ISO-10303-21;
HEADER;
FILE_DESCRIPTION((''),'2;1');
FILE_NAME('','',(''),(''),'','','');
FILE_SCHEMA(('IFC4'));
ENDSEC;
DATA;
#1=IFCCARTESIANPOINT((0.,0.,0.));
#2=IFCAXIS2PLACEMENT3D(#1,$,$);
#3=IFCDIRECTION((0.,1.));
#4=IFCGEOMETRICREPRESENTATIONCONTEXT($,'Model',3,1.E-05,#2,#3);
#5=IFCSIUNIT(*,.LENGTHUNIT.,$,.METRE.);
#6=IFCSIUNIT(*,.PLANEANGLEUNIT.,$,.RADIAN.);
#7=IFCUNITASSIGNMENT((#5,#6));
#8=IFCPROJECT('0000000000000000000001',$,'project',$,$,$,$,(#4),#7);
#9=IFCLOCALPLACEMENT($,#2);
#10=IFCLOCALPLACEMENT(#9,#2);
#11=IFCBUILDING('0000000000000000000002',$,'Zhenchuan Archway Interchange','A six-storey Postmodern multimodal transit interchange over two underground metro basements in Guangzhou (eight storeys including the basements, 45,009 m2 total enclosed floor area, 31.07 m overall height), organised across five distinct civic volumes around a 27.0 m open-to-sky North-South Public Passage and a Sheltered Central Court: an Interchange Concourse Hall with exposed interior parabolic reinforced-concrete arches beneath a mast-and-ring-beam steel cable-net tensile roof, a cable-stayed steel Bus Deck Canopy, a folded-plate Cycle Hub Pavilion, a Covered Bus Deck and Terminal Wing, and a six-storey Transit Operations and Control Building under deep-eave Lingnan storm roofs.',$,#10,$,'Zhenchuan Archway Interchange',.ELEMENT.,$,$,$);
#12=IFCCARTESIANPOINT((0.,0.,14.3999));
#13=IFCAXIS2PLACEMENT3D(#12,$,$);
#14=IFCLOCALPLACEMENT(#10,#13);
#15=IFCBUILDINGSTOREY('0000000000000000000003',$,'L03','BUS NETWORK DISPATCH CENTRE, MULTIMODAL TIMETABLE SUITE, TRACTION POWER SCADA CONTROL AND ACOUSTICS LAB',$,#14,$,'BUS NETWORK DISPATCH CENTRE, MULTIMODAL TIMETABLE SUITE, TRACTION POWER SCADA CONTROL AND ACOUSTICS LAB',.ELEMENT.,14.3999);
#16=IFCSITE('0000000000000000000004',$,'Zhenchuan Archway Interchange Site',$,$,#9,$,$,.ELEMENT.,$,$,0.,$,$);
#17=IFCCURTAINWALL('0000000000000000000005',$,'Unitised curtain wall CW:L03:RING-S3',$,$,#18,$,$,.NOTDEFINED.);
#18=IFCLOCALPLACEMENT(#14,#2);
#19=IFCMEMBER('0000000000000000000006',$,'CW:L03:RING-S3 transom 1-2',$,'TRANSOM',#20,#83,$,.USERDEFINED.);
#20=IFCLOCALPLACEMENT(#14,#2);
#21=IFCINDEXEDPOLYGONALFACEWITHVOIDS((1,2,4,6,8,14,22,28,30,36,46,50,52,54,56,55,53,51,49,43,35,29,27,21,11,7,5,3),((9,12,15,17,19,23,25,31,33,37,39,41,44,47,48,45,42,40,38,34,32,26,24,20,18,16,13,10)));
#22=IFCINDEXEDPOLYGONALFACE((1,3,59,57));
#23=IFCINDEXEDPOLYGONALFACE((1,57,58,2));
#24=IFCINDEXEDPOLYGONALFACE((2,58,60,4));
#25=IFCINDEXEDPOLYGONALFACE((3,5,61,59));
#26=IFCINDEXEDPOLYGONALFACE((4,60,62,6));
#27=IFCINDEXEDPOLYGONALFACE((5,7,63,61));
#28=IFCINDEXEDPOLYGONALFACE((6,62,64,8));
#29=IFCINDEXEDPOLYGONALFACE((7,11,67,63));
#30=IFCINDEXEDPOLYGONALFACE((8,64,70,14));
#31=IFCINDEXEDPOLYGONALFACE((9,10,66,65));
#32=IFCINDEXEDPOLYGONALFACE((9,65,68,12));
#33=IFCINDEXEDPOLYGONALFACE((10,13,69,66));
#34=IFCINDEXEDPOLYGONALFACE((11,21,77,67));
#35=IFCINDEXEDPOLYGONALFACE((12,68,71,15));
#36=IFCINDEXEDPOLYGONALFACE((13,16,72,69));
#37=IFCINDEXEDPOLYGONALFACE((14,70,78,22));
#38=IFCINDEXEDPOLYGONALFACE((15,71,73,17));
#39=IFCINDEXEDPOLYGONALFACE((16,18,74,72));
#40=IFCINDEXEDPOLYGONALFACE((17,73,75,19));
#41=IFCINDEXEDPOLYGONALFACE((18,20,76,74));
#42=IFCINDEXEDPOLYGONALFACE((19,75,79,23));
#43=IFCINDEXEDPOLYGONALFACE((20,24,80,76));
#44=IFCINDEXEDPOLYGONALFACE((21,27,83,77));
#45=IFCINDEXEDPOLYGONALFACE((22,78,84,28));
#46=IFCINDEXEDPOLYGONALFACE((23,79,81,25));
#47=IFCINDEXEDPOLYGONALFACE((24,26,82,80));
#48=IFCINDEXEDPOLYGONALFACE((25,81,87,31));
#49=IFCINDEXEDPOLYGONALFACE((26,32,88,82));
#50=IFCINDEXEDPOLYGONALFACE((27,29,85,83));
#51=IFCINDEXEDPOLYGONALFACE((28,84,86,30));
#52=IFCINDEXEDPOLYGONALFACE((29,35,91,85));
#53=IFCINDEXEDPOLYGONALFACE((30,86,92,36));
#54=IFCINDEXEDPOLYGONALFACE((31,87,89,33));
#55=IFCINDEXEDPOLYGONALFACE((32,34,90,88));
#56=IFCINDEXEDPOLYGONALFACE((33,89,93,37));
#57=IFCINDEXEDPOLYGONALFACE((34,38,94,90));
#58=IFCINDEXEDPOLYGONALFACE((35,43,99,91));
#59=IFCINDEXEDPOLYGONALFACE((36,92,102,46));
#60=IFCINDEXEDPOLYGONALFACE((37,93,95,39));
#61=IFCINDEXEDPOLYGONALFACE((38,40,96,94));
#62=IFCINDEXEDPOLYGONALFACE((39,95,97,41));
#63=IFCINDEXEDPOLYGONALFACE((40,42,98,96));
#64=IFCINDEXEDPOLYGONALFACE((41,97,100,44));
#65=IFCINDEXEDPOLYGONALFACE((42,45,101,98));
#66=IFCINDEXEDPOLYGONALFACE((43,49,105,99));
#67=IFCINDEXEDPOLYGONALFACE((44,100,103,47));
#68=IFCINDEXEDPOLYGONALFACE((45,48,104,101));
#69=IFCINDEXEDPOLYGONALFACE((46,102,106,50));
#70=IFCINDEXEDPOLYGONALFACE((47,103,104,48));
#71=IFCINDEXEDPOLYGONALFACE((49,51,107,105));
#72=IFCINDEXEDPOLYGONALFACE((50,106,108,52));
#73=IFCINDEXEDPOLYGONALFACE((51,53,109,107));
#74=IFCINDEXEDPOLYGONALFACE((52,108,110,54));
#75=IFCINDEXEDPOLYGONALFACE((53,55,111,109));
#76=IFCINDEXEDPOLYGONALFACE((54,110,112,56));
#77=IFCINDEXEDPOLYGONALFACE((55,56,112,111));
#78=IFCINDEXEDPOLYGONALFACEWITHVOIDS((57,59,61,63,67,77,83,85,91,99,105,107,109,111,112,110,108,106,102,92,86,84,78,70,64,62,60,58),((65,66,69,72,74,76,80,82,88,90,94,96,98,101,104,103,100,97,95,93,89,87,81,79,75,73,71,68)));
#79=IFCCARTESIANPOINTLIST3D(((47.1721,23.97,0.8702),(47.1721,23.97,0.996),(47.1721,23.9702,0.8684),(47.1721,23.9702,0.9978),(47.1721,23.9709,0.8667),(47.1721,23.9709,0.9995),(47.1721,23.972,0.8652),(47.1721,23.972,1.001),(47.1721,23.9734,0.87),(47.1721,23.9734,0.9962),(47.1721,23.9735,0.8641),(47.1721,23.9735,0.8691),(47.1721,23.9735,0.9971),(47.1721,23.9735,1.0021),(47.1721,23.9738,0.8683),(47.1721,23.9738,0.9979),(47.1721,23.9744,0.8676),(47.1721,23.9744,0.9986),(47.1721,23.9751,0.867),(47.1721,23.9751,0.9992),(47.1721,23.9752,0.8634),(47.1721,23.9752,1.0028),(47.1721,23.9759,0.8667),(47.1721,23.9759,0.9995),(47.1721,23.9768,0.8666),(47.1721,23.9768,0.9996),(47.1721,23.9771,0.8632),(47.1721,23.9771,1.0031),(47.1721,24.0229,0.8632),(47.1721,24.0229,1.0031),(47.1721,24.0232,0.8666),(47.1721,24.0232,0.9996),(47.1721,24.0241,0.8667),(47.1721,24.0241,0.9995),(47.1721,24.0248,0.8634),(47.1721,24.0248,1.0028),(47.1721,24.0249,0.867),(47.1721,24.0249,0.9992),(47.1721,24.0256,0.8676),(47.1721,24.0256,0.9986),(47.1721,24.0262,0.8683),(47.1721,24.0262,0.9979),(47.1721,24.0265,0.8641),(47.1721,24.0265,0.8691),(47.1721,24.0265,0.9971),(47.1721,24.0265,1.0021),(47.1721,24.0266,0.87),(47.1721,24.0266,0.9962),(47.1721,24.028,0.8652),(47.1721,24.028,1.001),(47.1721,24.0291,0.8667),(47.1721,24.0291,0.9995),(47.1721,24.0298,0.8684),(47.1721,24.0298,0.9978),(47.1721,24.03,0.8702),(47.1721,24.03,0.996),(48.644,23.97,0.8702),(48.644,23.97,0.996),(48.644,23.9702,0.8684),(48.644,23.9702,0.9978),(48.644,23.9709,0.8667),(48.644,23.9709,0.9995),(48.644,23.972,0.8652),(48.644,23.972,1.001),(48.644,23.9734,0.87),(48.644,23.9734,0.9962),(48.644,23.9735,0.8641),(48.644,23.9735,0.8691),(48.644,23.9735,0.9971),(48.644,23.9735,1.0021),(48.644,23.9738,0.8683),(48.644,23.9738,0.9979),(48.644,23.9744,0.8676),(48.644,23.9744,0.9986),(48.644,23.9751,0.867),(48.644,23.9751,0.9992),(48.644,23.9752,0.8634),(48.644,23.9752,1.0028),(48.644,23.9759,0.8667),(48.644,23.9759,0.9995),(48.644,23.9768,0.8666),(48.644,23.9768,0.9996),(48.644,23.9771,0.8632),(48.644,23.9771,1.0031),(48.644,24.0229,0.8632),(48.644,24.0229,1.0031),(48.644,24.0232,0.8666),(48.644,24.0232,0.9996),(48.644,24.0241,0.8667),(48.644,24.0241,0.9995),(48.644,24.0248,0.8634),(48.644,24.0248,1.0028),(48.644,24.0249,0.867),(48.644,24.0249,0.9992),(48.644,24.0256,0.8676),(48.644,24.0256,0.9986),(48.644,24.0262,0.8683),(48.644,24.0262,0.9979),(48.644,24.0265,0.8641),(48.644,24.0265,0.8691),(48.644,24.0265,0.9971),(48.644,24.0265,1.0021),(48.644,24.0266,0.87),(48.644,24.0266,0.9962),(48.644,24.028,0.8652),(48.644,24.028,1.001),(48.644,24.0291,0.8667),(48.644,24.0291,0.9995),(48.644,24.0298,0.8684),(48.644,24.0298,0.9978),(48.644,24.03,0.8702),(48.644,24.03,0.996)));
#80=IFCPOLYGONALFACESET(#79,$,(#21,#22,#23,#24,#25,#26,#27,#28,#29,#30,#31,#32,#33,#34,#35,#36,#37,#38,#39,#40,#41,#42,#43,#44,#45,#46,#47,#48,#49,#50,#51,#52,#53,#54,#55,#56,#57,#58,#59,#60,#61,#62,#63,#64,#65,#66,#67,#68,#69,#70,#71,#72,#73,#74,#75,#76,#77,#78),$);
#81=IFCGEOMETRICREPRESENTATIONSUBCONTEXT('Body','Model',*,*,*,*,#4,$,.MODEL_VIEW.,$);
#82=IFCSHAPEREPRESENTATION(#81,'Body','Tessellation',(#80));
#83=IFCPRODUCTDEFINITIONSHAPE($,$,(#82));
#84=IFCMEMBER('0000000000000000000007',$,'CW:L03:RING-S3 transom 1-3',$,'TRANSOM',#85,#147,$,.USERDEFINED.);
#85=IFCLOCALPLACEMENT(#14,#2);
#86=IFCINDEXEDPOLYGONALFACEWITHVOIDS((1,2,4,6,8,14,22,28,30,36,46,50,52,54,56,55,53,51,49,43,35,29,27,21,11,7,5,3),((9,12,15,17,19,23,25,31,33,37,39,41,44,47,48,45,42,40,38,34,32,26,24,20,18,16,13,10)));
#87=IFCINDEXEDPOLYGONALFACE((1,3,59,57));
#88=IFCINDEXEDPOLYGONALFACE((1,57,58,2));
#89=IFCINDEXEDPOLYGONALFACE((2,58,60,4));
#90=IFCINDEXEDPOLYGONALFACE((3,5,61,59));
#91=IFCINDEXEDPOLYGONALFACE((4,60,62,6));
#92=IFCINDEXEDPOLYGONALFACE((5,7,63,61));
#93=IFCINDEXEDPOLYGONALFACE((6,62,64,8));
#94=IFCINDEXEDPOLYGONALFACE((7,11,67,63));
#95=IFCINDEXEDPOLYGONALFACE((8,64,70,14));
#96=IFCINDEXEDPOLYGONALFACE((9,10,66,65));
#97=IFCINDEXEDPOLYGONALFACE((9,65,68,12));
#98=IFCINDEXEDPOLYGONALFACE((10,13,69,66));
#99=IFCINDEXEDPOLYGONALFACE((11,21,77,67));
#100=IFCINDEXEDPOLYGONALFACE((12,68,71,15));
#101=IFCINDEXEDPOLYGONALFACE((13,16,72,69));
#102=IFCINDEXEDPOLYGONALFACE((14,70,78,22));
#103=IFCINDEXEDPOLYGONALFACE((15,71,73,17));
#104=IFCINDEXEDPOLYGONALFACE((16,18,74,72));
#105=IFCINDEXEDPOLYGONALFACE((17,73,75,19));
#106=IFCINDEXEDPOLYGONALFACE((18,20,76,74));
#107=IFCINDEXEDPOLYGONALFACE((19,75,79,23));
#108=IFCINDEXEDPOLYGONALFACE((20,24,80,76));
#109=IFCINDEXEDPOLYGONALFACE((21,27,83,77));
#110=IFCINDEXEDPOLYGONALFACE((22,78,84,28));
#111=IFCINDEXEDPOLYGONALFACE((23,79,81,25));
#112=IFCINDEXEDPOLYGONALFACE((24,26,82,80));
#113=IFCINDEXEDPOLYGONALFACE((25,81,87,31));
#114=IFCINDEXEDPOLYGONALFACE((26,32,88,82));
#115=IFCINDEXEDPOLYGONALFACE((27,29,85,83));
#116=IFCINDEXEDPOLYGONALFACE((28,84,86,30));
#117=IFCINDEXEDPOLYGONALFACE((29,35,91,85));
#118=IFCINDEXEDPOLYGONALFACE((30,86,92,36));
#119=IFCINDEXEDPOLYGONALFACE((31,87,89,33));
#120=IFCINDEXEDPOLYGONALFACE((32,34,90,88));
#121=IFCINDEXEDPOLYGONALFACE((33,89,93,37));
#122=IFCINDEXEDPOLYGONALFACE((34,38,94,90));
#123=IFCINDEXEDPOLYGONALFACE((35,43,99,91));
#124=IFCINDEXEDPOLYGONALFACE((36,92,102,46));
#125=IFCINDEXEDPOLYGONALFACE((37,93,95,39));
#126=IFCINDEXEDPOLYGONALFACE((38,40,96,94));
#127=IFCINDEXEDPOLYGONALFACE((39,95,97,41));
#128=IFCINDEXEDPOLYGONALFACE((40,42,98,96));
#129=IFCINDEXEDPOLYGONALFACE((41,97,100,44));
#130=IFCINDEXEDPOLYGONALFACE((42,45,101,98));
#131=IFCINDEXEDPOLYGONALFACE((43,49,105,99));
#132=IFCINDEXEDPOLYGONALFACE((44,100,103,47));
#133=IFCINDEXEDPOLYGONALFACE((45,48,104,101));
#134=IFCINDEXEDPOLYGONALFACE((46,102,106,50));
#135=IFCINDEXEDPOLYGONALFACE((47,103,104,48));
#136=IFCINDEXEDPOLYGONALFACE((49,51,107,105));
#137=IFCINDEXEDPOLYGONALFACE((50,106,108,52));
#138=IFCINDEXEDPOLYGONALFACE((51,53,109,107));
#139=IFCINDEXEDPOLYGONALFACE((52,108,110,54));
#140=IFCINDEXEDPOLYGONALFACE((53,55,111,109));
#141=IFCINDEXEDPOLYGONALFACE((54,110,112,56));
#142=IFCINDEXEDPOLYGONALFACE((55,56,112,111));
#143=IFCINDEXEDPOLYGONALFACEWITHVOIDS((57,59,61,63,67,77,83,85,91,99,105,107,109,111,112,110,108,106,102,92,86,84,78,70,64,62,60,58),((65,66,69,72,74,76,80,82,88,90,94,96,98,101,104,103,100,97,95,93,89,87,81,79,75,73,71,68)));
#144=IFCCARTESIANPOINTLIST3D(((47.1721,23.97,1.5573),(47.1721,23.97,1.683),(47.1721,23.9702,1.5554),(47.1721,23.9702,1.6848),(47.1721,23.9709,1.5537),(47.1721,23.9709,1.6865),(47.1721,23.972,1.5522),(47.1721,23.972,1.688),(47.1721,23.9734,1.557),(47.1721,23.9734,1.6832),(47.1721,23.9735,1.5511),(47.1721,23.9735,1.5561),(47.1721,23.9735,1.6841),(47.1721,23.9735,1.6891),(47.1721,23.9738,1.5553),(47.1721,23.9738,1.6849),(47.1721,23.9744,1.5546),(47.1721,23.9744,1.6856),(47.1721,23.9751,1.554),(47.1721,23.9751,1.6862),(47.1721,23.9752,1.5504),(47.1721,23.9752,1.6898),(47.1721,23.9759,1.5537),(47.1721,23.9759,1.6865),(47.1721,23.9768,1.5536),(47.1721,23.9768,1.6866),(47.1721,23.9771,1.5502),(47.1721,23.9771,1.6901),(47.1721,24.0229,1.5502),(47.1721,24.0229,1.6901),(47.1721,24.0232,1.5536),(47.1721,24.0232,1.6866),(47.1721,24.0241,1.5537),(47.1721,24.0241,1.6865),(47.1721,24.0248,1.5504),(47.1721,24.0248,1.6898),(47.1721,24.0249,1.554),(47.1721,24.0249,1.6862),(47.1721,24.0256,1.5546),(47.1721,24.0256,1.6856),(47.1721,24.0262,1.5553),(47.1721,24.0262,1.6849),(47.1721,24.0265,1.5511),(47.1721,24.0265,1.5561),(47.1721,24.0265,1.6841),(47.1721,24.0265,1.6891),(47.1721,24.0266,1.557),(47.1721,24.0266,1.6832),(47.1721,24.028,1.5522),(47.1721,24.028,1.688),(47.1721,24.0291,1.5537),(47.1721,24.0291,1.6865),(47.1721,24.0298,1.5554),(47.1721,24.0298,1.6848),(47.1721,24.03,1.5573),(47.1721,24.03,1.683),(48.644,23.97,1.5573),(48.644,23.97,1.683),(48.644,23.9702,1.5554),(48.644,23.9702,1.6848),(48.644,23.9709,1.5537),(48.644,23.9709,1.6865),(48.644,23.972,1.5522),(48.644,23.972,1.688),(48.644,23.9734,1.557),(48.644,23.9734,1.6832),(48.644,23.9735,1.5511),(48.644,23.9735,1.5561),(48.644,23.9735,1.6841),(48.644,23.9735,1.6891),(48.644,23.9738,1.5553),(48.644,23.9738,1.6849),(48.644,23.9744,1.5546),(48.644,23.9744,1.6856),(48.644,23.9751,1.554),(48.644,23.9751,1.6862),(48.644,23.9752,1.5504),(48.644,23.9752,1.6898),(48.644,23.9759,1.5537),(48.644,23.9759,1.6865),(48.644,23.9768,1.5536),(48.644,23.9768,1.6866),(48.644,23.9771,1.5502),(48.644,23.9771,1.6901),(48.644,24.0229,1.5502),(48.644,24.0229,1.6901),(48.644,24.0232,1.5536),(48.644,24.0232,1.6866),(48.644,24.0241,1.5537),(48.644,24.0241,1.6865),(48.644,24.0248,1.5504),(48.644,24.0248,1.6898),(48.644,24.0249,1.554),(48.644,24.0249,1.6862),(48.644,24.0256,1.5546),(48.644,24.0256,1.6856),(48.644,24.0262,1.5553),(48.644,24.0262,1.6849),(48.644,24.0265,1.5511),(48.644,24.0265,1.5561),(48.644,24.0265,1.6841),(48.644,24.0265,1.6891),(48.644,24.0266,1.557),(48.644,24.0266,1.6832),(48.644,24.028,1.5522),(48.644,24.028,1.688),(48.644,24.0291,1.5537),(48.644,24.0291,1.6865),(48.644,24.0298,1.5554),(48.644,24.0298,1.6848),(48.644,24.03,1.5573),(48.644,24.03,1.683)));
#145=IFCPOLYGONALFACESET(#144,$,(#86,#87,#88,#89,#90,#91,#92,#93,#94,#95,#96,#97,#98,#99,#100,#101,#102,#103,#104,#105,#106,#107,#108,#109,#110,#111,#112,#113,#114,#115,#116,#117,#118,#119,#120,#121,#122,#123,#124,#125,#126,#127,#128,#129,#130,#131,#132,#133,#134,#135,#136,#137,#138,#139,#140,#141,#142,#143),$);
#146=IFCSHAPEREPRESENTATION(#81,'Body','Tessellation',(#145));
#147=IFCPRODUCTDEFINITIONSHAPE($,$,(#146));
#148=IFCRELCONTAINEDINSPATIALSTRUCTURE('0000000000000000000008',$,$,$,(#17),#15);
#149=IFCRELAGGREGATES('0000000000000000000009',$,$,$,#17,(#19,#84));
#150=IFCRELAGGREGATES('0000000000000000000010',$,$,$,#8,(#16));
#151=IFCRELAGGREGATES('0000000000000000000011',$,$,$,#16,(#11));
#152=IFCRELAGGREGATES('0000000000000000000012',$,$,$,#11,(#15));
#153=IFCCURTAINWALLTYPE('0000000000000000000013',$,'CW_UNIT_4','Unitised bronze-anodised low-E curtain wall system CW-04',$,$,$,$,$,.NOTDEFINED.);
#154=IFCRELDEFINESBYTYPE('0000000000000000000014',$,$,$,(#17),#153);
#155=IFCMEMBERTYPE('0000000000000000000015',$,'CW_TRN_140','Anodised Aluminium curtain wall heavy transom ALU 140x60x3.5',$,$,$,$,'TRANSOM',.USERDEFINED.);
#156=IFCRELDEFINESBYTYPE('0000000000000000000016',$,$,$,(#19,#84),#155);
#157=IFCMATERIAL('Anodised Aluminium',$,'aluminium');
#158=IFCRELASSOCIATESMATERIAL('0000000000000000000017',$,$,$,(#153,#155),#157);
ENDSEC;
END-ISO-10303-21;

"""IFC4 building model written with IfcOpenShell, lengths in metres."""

from ifc_helpers import new_model, si_unit, direction, frame, origin, origin_2d, place, context, subcontext, project, spatial, hollow_rectangle, extrude, material, material_profile, profile_set, type_object, element, aggregate, save


model = new_model("IFC4")

# Units and contexts
model_context = context("Model", 3, precision=1e-05, world=origin(), true_north=direction((0.0, 1.0)))
body_context = subcontext(model_context, "Body", "Model", "MODEL_VIEW")
ifc_project = project(units=[si_unit("LENGTHUNIT", "METRE"), si_unit("PLANEANGLEUNIT", "RADIAN")], contexts=[model_context])

# Site, building, storey
site_placement = place(None, origin())
site = spatial("IfcSite", under=ifc_project, at=site_placement, Name="Zhenchuan Archway Interchange Site", CompositionType="ELEMENT", RefElevation=0.0)
building_placement = place(site_placement, origin())
building = spatial("IfcBuilding", under=site, at=building_placement, Name="Zhenchuan Archway Interchange", Description="A six-storey Postmodern multimodal transit interchange over two underground metro basements in Guangzhou (eight storeys including the basements, 45,009 m2 total enclosed floor area, 31.07 m overall height), organised across five distinct civic volumes around a 27.0 m open-to-sky North-South Public Passage and a Sheltered Central Court: an Interchange Concourse Hall with exposed interior parabolic reinforced-concrete arches beneath a mast-and-ring-beam steel cable-net tensile roof, a cable-stayed steel Bus Deck Canopy, a folded-plate Cycle Hub Pavilion, a Covered Bus Deck and Terminal Wing, and a six-storey Transit Operations and Control Building under deep-eave Lingnan storm roofs.", LongName="Zhenchuan Archway Interchange", CompositionType="ELEMENT")
storey_placement = place(building_placement, frame((0.0, 0.0, 14.3999)))
storey = spatial("IfcBuildingStorey", under=building, at=storey_placement, Name="L03", Description="BUS NETWORK DISPATCH CENTRE, MULTIMODAL TIMETABLE SUITE, TRACTION POWER SCADA CONTROL AND ACOUSTICS LAB", LongName="BUS NETWORK DISPATCH CENTRE, MULTIMODAL TIMETABLE SUITE, TRACTION POWER SCADA CONTROL AND ACOUSTICS LAB", CompositionType="ELEMENT", Elevation=14.3999)

# Curtain wall
ifc_material_1 = material(Name="Anodised Aluminium", Category="aluminium")
curtain_wall_type = type_object("IfcCurtainWallType", Name="CW_UNIT_4", Description="Unitised bronze-anodised low-E curtain wall system CW-04", PredefinedType="NOTDEFINED", material=ifc_material_1)
curtain_wall_1_placement = place(storey_placement, origin())
curtain_wall_1 = element("IfcCurtainWall", 1, at=curtain_wall_1_placement, inside=storey, type_object=curtain_wall_type, Name="Unitised curtain wall CW:L03:RING-S3", PredefinedType="NOTDEFINED")

# Members
ifc_material_profile_1 = material_profile(ifc_material_1, hollow_rectangle(XDim=0.0601, YDim=0.1399, WallThickness=0.0034, InnerFilletRadius=0.0034, OuterFilletRadius=0.0071, at=origin_2d()), Name="ALU 140x60x3.5")
ifc_profile_set_1 = profile_set([ifc_material_profile_1], Name="Anodised Aluminium")
member_type_1 = type_object("IfcMemberType", Name="CW_TRN_140", Description="Anodised Aluminium curtain wall heavy transom ALU 140x60x3.5", ElementType="TRANSOM", PredefinedType="USERDEFINED", material=ifc_profile_set_1)
member_1_placement = place(storey_placement, frame((47.1721, 24.0, 0.9331), z_axis=(1.0, 0.0, 0.0), x_axis=(0.0, 1.0, 0.0)))
member_1 = element("IfcMember", 2, at=member_1_placement, type_object=member_type_1, Name="CW:L03:RING-S3 transom 1-2", ObjectType="TRANSOM", PredefinedType="USERDEFINED", context=body_context, shape_type="SweptSolid", body=[
    extrude(hollow_rectangle(XDim=0.0601, YDim=0.1399, WallThickness=0.0034, InnerFilletRadius=0.0034, OuterFilletRadius=0.0071, at=origin_2d()), origin(), (0.0, 0.0, 1.0), 1.4719),
])
member_2_placement = place(storey_placement, frame((47.1721, 24.0, 1.6201), z_axis=(1.0, 0.0, 0.0), x_axis=(0.0, 1.0, 0.0)))
member_2 = element("IfcMember", 3, at=member_2_placement, type_object=member_type_1, Name="CW:L03:RING-S3 transom 1-3", ObjectType="TRANSOM", PredefinedType="USERDEFINED", context=body_context, shape_type="SweptSolid", body=[
    extrude(hollow_rectangle(XDim=0.0601, YDim=0.1399, WallThickness=0.0034, InnerFilletRadius=0.0034, OuterFilletRadius=0.0071, at=origin_2d()), origin(), (0.0, 0.0, 1.0), 1.4719),
])

aggregate(curtain_wall_1, [member_1, member_2])

save(model, "model.ifc")
